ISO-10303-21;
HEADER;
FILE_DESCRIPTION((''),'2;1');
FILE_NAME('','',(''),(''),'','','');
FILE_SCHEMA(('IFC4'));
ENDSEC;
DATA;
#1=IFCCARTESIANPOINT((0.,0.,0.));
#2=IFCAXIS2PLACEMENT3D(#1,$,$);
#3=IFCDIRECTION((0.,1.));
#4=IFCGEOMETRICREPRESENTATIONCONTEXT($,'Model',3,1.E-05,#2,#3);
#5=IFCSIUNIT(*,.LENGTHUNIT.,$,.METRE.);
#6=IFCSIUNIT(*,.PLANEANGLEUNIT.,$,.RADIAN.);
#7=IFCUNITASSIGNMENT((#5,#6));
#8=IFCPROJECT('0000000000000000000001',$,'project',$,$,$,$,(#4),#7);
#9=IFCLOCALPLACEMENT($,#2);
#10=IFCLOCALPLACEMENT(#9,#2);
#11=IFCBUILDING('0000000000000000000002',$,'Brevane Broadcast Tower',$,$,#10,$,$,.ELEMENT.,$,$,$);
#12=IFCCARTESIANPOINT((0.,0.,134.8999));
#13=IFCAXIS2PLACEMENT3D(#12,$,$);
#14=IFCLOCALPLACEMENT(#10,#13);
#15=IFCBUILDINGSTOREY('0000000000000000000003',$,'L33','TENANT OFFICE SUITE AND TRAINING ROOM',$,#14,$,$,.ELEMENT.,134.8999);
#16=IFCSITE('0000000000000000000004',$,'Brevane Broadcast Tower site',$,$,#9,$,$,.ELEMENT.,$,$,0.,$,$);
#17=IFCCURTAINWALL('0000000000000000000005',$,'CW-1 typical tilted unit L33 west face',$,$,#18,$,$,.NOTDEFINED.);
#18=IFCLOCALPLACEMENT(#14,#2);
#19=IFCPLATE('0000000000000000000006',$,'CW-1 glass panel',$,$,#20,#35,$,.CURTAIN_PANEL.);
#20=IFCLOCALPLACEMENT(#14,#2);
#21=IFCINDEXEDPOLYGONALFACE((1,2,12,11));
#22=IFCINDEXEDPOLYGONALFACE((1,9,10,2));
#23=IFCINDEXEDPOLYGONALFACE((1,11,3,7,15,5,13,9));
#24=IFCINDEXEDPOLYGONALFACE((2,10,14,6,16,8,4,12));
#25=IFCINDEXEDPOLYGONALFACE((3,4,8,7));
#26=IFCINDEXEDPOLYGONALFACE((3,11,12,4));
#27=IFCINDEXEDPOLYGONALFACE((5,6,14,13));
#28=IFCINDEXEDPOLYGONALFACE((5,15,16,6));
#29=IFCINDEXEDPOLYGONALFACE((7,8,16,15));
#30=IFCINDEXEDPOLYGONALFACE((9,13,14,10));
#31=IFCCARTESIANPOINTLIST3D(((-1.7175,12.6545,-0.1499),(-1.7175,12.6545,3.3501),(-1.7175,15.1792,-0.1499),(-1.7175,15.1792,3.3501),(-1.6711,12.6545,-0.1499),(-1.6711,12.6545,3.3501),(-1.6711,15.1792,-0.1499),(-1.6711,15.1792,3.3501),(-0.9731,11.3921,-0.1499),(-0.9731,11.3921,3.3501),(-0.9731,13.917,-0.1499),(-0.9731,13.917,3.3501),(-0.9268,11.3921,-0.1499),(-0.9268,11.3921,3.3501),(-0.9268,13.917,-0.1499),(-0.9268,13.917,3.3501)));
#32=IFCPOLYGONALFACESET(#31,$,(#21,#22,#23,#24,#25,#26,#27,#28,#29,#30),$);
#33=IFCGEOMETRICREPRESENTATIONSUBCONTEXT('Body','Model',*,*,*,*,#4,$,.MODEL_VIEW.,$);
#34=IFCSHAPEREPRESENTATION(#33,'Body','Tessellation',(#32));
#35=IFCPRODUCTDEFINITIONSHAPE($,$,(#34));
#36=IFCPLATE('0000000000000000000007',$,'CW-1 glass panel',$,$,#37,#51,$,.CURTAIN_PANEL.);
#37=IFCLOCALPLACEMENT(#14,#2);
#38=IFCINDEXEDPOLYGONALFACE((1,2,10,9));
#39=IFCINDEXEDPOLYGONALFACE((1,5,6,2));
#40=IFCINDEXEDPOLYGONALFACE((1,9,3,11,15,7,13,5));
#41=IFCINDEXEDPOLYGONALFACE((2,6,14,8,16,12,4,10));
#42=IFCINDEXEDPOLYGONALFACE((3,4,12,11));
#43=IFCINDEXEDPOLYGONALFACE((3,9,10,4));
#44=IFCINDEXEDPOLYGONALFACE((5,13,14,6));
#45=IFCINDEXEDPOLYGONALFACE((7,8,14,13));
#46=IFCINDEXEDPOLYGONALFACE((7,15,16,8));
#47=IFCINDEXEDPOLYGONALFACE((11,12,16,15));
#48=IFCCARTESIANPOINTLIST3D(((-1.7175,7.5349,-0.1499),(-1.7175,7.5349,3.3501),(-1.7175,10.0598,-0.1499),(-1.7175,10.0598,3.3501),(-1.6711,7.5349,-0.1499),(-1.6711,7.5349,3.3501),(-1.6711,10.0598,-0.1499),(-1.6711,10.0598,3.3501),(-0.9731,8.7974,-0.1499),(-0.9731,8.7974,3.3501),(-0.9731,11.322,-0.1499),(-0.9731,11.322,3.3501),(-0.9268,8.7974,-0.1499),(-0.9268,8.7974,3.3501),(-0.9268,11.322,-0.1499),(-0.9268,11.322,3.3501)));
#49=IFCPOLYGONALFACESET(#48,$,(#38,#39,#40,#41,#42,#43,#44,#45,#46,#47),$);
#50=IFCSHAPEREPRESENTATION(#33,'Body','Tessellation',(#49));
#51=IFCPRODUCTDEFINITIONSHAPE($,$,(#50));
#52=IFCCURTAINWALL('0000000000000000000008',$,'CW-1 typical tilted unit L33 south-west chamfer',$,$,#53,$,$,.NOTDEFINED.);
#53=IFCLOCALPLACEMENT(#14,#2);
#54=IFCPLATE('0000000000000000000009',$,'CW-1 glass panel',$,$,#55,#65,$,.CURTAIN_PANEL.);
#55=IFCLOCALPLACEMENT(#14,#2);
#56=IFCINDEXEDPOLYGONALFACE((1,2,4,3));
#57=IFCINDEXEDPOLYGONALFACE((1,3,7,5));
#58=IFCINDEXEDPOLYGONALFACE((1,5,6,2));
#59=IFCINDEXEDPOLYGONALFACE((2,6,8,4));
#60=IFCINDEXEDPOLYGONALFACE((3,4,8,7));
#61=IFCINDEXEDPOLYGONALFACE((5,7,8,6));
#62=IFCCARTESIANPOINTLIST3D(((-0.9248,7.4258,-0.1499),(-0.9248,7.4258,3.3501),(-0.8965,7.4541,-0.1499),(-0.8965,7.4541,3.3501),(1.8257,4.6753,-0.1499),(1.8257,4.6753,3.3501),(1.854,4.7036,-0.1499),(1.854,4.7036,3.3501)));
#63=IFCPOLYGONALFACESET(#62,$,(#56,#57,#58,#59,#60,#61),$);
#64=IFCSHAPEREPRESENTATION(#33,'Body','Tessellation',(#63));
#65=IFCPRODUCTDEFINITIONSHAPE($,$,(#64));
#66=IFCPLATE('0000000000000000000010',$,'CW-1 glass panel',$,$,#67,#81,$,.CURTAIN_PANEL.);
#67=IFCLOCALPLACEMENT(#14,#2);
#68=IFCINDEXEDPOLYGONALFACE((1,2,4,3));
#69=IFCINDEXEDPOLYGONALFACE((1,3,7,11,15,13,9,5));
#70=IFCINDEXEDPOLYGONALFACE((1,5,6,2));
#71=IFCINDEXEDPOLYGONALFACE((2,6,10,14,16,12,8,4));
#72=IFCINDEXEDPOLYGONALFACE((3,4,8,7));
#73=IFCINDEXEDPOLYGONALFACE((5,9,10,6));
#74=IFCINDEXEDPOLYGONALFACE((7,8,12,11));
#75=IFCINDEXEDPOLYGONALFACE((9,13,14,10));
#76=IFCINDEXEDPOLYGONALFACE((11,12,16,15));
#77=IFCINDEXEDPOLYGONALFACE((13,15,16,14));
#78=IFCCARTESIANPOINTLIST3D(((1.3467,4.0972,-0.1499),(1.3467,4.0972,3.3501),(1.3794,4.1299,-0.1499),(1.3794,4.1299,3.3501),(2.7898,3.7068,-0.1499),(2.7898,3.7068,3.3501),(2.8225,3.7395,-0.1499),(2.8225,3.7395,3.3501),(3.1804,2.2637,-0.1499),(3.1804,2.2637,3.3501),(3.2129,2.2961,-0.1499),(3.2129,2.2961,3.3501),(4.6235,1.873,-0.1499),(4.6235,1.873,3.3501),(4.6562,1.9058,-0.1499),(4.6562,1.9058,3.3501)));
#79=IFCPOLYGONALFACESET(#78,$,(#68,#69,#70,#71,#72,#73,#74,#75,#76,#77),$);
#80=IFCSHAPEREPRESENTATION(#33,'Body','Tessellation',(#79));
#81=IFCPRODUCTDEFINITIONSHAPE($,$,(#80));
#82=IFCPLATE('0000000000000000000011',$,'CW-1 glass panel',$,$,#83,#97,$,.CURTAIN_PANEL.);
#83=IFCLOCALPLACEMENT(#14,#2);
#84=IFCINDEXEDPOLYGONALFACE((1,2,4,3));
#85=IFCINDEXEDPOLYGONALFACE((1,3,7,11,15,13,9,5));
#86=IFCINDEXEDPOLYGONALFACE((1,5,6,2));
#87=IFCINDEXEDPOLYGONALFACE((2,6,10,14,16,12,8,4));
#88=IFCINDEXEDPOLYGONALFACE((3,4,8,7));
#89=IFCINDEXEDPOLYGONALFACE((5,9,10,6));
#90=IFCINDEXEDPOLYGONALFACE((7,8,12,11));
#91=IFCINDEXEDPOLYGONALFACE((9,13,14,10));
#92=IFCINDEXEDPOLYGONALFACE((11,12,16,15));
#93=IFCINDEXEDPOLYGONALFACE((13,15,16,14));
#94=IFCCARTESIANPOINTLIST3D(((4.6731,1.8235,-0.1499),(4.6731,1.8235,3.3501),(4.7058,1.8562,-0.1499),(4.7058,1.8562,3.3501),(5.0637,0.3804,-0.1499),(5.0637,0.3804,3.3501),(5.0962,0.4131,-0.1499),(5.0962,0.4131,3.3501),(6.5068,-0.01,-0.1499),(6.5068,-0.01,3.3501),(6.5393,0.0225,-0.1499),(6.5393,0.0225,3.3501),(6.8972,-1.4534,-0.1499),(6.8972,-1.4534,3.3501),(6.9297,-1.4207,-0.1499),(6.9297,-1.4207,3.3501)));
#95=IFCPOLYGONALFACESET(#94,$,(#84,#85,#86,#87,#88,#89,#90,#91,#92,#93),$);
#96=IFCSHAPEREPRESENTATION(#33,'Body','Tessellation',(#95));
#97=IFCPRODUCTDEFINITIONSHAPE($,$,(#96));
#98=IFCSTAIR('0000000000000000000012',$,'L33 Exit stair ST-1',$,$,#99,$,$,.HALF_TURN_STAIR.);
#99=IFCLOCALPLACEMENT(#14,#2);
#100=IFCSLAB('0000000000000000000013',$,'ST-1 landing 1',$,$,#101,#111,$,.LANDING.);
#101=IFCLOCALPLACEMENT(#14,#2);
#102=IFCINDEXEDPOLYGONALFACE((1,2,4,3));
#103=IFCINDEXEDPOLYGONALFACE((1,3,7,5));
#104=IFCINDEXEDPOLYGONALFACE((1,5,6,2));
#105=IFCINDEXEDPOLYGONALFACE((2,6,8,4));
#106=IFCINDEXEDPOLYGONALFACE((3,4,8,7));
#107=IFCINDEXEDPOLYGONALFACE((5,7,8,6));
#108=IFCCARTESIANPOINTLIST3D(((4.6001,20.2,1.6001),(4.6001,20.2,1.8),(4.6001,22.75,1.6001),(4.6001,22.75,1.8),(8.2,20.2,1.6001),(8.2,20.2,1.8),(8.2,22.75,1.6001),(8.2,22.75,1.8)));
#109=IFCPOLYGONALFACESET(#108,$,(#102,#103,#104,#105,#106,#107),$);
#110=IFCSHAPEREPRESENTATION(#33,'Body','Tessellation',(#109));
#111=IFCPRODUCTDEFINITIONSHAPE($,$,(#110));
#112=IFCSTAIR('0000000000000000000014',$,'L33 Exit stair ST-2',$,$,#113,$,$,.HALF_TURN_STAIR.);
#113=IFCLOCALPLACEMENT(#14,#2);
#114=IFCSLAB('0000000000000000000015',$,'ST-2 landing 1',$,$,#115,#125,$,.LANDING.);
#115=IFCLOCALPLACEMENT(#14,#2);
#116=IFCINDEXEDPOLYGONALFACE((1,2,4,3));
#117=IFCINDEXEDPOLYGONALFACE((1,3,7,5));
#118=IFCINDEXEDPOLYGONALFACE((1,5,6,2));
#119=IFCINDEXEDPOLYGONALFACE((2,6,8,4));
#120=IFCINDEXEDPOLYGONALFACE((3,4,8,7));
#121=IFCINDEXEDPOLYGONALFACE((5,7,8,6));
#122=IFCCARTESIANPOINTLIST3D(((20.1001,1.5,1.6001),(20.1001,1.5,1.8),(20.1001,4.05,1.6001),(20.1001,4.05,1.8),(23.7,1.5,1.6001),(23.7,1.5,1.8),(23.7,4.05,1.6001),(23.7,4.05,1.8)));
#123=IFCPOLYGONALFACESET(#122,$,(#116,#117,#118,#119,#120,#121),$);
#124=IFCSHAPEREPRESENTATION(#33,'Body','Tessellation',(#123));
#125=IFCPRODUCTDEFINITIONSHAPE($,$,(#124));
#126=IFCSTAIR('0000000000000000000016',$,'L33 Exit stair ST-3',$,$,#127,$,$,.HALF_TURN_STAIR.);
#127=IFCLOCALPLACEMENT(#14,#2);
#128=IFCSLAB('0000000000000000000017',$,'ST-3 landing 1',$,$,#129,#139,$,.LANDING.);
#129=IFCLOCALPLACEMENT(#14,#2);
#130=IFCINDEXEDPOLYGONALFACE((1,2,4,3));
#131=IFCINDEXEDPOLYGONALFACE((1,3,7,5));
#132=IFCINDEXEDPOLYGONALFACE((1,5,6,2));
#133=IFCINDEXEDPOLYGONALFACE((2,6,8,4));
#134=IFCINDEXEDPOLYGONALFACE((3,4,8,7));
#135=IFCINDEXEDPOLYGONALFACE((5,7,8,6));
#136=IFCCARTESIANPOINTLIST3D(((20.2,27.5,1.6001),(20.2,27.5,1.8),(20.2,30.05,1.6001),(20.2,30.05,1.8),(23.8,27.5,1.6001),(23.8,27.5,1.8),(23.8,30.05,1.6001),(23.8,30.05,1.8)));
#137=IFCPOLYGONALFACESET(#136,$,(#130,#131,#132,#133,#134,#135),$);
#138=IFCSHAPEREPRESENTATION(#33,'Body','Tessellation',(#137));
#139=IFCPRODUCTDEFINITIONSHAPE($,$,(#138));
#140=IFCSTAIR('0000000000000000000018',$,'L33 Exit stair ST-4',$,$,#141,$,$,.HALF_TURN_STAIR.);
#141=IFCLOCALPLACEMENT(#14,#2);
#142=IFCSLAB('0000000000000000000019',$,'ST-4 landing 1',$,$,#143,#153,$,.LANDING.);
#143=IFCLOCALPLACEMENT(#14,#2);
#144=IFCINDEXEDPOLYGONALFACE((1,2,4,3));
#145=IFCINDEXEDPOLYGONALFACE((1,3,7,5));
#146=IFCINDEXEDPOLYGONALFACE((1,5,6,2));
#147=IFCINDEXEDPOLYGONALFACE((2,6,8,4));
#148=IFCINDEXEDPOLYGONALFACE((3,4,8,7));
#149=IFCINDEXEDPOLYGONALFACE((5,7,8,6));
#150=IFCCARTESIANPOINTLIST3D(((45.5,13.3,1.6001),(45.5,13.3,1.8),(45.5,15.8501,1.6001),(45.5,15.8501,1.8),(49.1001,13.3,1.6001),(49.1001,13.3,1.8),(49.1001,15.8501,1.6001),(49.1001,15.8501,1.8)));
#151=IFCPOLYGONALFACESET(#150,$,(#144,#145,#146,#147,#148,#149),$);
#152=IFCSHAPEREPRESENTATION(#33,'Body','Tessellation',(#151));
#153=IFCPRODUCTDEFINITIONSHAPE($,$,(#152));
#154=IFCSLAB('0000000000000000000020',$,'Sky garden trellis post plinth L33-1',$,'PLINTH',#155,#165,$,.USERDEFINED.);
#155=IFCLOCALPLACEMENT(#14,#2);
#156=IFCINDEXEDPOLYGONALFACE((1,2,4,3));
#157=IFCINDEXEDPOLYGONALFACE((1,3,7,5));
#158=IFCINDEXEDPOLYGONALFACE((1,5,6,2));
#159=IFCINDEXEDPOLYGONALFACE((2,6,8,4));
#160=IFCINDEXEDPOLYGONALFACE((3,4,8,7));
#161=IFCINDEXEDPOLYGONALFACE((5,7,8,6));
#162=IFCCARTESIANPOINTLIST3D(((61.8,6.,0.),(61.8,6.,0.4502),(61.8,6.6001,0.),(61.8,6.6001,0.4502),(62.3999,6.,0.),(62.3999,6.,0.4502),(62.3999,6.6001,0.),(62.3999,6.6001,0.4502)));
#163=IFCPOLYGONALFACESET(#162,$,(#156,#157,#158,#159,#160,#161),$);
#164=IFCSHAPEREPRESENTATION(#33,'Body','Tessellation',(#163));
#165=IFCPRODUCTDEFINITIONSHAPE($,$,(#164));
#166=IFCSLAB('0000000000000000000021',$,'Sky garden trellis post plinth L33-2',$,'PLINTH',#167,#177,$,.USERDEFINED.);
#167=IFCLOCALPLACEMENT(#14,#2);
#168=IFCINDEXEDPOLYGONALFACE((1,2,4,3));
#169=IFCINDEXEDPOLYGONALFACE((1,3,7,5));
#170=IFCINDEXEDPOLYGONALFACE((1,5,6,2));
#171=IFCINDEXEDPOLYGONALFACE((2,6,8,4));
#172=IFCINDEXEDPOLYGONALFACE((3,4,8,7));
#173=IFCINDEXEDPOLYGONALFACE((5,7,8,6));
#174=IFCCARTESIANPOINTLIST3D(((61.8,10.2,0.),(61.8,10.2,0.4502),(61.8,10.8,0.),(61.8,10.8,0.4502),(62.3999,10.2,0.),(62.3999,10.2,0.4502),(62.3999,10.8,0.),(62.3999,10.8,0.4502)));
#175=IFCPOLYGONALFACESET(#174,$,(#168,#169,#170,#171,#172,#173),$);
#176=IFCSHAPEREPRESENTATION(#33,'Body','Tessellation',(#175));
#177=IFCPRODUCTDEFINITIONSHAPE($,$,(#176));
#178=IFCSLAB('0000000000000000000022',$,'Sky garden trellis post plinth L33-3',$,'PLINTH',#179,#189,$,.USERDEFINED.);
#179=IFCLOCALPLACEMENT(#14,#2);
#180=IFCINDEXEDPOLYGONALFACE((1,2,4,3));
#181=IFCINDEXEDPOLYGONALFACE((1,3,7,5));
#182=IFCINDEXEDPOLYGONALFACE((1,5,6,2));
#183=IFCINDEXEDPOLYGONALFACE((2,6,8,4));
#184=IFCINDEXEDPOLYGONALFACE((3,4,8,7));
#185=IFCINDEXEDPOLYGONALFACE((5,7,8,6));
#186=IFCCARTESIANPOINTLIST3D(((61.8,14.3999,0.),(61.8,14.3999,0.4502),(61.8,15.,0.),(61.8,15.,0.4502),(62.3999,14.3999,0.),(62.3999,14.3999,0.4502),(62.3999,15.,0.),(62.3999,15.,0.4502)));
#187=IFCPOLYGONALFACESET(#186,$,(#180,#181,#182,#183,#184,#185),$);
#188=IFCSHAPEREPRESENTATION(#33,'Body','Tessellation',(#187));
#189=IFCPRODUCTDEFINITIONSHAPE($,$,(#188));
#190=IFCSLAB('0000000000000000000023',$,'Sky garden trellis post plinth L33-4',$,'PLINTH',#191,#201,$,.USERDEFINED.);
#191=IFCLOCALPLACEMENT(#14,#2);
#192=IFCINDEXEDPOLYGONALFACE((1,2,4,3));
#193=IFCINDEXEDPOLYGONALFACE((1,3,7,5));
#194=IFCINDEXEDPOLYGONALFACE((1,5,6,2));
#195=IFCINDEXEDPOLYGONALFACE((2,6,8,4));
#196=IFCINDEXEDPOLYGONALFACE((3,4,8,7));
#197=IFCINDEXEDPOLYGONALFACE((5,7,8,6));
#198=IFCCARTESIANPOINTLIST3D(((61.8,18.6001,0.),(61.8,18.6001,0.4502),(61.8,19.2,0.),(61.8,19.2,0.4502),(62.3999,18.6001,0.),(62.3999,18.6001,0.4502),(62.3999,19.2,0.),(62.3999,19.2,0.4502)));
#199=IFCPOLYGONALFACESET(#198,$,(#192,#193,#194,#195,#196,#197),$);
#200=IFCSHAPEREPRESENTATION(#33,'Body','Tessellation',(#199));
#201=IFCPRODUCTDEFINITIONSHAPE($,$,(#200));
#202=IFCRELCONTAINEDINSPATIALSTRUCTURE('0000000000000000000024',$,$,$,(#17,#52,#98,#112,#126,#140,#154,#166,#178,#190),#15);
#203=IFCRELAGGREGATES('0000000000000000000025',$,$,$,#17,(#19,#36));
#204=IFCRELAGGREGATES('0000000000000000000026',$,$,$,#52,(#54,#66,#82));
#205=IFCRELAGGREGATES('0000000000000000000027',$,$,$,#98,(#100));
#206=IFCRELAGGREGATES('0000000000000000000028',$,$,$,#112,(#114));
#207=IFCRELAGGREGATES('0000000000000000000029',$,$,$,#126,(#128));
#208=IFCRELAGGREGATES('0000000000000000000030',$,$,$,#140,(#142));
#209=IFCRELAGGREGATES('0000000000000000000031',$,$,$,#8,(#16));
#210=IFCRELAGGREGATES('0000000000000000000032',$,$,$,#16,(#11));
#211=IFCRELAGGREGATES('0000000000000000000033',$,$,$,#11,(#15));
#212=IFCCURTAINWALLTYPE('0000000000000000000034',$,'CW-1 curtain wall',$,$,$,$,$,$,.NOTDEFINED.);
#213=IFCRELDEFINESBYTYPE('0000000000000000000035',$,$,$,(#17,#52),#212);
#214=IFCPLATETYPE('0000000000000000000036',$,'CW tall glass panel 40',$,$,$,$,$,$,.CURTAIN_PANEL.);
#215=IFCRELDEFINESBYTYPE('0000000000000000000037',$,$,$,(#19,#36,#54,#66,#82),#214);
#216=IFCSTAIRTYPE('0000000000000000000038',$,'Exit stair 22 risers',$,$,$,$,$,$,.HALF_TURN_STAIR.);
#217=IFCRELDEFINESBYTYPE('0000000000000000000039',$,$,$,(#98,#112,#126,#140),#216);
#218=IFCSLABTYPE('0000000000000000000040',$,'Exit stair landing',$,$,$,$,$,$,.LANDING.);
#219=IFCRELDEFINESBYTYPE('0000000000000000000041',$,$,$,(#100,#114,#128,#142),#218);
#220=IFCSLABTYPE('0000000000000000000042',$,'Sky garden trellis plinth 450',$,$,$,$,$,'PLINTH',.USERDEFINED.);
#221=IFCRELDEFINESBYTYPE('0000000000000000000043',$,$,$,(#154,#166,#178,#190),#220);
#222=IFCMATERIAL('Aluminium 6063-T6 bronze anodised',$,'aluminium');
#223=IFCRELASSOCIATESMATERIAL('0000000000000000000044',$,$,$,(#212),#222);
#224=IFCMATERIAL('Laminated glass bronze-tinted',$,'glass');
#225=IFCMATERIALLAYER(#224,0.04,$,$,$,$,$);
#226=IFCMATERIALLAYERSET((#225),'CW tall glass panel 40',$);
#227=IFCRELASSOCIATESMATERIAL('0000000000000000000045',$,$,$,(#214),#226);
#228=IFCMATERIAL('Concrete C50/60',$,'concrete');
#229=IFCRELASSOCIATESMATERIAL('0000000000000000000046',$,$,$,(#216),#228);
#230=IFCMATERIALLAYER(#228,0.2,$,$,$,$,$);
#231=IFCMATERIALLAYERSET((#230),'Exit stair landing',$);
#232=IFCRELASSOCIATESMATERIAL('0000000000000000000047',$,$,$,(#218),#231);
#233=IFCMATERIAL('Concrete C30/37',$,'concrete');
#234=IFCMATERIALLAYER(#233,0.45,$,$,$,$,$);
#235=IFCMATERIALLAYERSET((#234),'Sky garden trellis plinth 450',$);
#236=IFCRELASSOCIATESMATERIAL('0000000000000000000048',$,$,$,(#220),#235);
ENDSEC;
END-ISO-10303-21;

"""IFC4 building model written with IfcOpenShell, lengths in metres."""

from ifc_helpers import new_model, si_unit, direction, frame, origin, place, context, subcontext, project, spatial, polyline, outline, extrude, material, layer, layer_set, type_object, element, aggregate, save


model = new_model("IFC4")

# Units and contexts
model_context = context("Model", 3, precision=1e-05, world=origin(), true_north=direction((0.0, 1.0)))
body_context = subcontext(model_context, "Body", "Model", "MODEL_VIEW")
ifc_project = project(units=[si_unit("LENGTHUNIT", "METRE"), si_unit("PLANEANGLEUNIT", "RADIAN")], contexts=[model_context])

# Site, building, storey
site_placement = place(None, origin())
site = spatial("IfcSite", under=ifc_project, at=site_placement, Name="Brevane Broadcast Tower site", CompositionType="ELEMENT", RefElevation=0.0)
building_placement = place(site_placement, origin())
building = spatial("IfcBuilding", under=site, at=building_placement, Name="Brevane Broadcast Tower", CompositionType="ELEMENT")
storey_placement = place(building_placement, frame((0.0, 0.0, 134.8999)))
storey = spatial("IfcBuildingStorey", under=building, at=storey_placement, Name="L33", Description="TENANT OFFICE SUITE AND TRAINING ROOM", CompositionType="ELEMENT", Elevation=134.8999)

# Curtain walls, plates
ifc_material_1 = material(Name="Aluminium 6063-T6 bronze anodised", Category="aluminium")
curtain_wall_type = type_object("IfcCurtainWallType", Name="CW-1 curtain wall", PredefinedType="NOTDEFINED", material=ifc_material_1)
curtain_wall_1_placement = place(storey_placement, origin())
curtain_wall_1 = element("IfcCurtainWall", 1, at=curtain_wall_1_placement, inside=storey, type_object=curtain_wall_type, Name="CW-1 typical tilted unit L33 west face", PredefinedType="NOTDEFINED")
ifc_material_2 = material(Name="Laminated glass bronze-tinted", Category="glass")
ifc_layer_1 = layer(ifc_material_2, 0.04)
ifc_layer_set_1 = layer_set([ifc_layer_1], Name="CW tall glass panel 40")
plate_type = type_object("IfcPlateType", Name="CW tall glass panel 40", PredefinedType="CURTAIN_PANEL", material=ifc_layer_set_1)
plate_1_placement = place(storey_placement, frame((0.0, 0.0, -0.1499)))
plate_1 = element("IfcPlate", 2, at=plate_1_placement, type_object=plate_type, Name="CW-1 glass panel", PredefinedType="CURTAIN_PANEL", context=body_context, shape_type="SweptSolid", body=[
    extrude(outline(polyline([(-1.6711, 15.1792), (-1.7175, 15.1792), (-0.9731, 13.917), (-1.7175, 12.6545), (-0.9731, 11.3921), (-0.9268, 11.3921), (-1.6711, 12.6545), (-0.9268, 13.917), (-1.6711, 15.1792)])), origin(), (0.0, 0.0, 1.0), 3.5),
])
plate_2_placement = place(storey_placement, frame((0.0, 0.0, -0.1499)))
plate_2 = element("IfcPlate", 3, at=plate_2_placement, type_object=plate_type, Name="CW-1 glass panel", PredefinedType="CURTAIN_PANEL", context=body_context, shape_type="SweptSolid", body=[
    extrude(outline(polyline([(-0.9268, 11.322), (-0.9731, 11.322), (-1.7175, 10.0598), (-0.9731, 8.7974), (-1.7175, 7.5349), (-1.6711, 7.5349), (-0.9268, 8.7974), (-1.6711, 10.0598), (-0.9268, 11.322)])), origin(), (0.0, 0.0, 1.0), 3.5),
])
aggregate(curtain_wall_1, [plate_1, plate_2])
curtain_wall_2_placement = place(storey_placement, origin())
curtain_wall_2 = element("IfcCurtainWall", 4, at=curtain_wall_2_placement, inside=storey, type_object=curtain_wall_type, Name="CW-1 typical tilted unit L33 south-west chamfer", PredefinedType="NOTDEFINED")
plate_3_placement = place(storey_placement, frame((0.0, 0.0, -0.1499)))
plate_3 = element("IfcPlate", 5, at=plate_3_placement, type_object=plate_type, Name="CW-1 glass panel", PredefinedType="CURTAIN_PANEL", context=body_context, shape_type="SweptSolid", body=[
    extrude(outline(polyline([(-0.8965, 7.4541), (1.854, 4.7036), (1.8257, 4.6753), (-0.9248, 7.4258), (-0.8965, 7.4541)])), origin(), (0.0, 0.0, 1.0), 3.5),
])
plate_4_placement = place(storey_placement, frame((0.0, 0.0, -0.1499)))
plate_4 = element("IfcPlate", 6, at=plate_4_placement, type_object=plate_type, Name="CW-1 glass panel", PredefinedType="CURTAIN_PANEL", context=body_context, shape_type="SweptSolid", body=[
    extrude(outline(polyline([(1.3794, 4.1299), (1.3467, 4.0972), (2.7898, 3.7068), (3.1804, 2.2637), (4.6235, 1.873), (4.6562, 1.9058), (3.2129, 2.2961), (2.8225, 3.7395), (1.3794, 4.1299)])), origin(), (0.0, 0.0, 1.0), 3.5),
])
plate_5_placement = place(storey_placement, frame((0.0, 0.0, -0.1499)))
plate_5 = element("IfcPlate", 7, at=plate_5_placement, type_object=plate_type, Name="CW-1 glass panel", PredefinedType="CURTAIN_PANEL", context=body_context, shape_type="SweptSolid", body=[
    extrude(outline(polyline([(4.7058, 1.8562), (4.6731, 1.8235), (5.0637, 0.3804), (6.5068, -0.01), (6.8972, -1.4534), (6.9297, -1.4207), (6.5393, 0.0225), (5.0962, 0.4131), (4.7058, 1.8562)])), origin(), (0.0, 0.0, 1.0), 3.5),
])
aggregate(curtain_wall_2, [plate_3, plate_4, plate_5])

# Stairs, slabs
ifc_material_3 = material(Name="Concrete C50/60", Category="concrete")
stair_type = type_object("IfcStairType", Name="Exit stair 22 risers", PredefinedType="HALF_TURN_STAIR", material=ifc_material_3)
stair_1_placement = place(storey_placement, origin())
stair_1 = element("IfcStair", 8, at=stair_1_placement, inside=storey, type_object=stair_type, Name="L33 Exit stair ST-1", PredefinedType="HALF_TURN_STAIR")
ifc_layer_2 = layer(ifc_material_3, 0.2)
ifc_layer_set_2 = layer_set([ifc_layer_2], Name="Exit stair landing")
slab_type_1 = type_object("IfcSlabType", Name="Exit stair landing", PredefinedType="LANDING", material=ifc_layer_set_2)
slab_1_placement = place(storey_placement, frame((0.0, 0.0, 1.6001)))
slab_1 = element("IfcSlab", 9, at=slab_1_placement, type_object=slab_type_1, Name="ST-1 landing 1", PredefinedType="LANDING", context=body_context, shape_type="SweptSolid", body=[
    extrude(outline(polyline([(4.6001, 20.2), (8.2, 20.2), (8.2, 22.75), (4.6001, 22.75), (4.6001, 20.2)])), origin(), (0.0, 0.0, 1.0), 0.2),
])
aggregate(stair_1, [slab_1])
stair_2_placement = place(storey_placement, origin())
stair_2 = element("IfcStair", 10, at=stair_2_placement, inside=storey, type_object=stair_type, Name="L33 Exit stair ST-2", PredefinedType="HALF_TURN_STAIR")
slab_2_placement = place(storey_placement, frame((0.0, 0.0, 1.6001)))
slab_2 = element("IfcSlab", 11, at=slab_2_placement, type_object=slab_type_1, Name="ST-2 landing 1", PredefinedType="LANDING", context=body_context, shape_type="SweptSolid", body=[
    extrude(outline(polyline([(20.1001, 1.5), (23.7, 1.5), (23.7, 4.05), (20.1001, 4.05), (20.1001, 1.5)])), origin(), (0.0, 0.0, 1.0), 0.2),
])
aggregate(stair_2, [slab_2])
stair_3_placement = place(storey_placement, origin())
stair_3 = element("IfcStair", 12, at=stair_3_placement, inside=storey, type_object=stair_type, Name="L33 Exit stair ST-3", PredefinedType="HALF_TURN_STAIR")
slab_3_placement = place(storey_placement, frame((0.0, 0.0, 1.6001)))
slab_3 = element("IfcSlab", 13, at=slab_3_placement, type_object=slab_type_1, Name="ST-3 landing 1", PredefinedType="LANDING", context=body_context, shape_type="SweptSolid", body=[
    extrude(outline(polyline([(20.2, 27.5), (23.8, 27.5), (23.8, 30.05), (20.2, 30.05), (20.2, 27.5)])), origin(), (0.0, 0.0, 1.0), 0.2),
])
aggregate(stair_3, [slab_3])
stair_4_placement = place(storey_placement, origin())
stair_4 = element("IfcStair", 14, at=stair_4_placement, inside=storey, type_object=stair_type, Name="L33 Exit stair ST-4", PredefinedType="HALF_TURN_STAIR")
slab_4_placement = place(storey_placement, frame((0.0, 0.0, 1.6001)))
slab_4 = element("IfcSlab", 15, at=slab_4_placement, type_object=slab_type_1, Name="ST-4 landing 1", PredefinedType="LANDING", context=body_context, shape_type="SweptSolid", body=[
    extrude(outline(polyline([(45.5, 13.3), (49.1001, 13.3), (49.1001, 15.8501), (45.5, 15.8501), (45.5, 13.3)])), origin(), (0.0, 0.0, 1.0), 0.2),
])
aggregate(stair_4, [slab_4])

# Slabs
ifc_material_4 = material(Name="Concrete C30/37", Category="concrete")
ifc_layer_3 = layer(ifc_material_4, 0.45)
ifc_layer_set_3 = layer_set([ifc_layer_3], Name="Sky garden trellis plinth 450")
slab_type_2 = type_object("IfcSlabType", Name="Sky garden trellis plinth 450", ElementType="PLINTH", PredefinedType="USERDEFINED", material=ifc_layer_set_3)
slab_5_placement = place(storey_placement, origin())
element("IfcSlab", 16, at=slab_5_placement, inside=storey, type_object=slab_type_2, Name="Sky garden trellis post plinth L33-1", ObjectType="PLINTH", PredefinedType="USERDEFINED", context=body_context, shape_type="SweptSolid", body=[
    extrude(outline(polyline([(61.8, 6.0), (62.3999, 6.0), (62.3999, 6.6001), (61.8, 6.6001), (61.8, 6.0)])), origin(), (0.0, 0.0, 1.0), 0.4502),
])
slab_6_placement = place(storey_placement, origin())
element("IfcSlab", 17, at=slab_6_placement, inside=storey, type_object=slab_type_2, Name="Sky garden trellis post plinth L33-2", ObjectType="PLINTH", PredefinedType="USERDEFINED", context=body_context, shape_type="SweptSolid", body=[
    extrude(outline(polyline([(61.8, 10.2), (62.3999, 10.2), (62.3999, 10.8), (61.8, 10.8), (61.8, 10.2)])), origin(), (0.0, 0.0, 1.0), 0.4502),
])
slab_7_placement = place(storey_placement, origin())
element("IfcSlab", 18, at=slab_7_placement, inside=storey, type_object=slab_type_2, Name="Sky garden trellis post plinth L33-3", ObjectType="PLINTH", PredefinedType="USERDEFINED", context=body_context, shape_type="SweptSolid", body=[
    extrude(outline(polyline([(61.8, 14.3999), (62.3999, 14.3999), (62.3999, 15.0), (61.8, 15.0), (61.8, 14.3999)])), origin(), (0.0, 0.0, 1.0), 0.4502),
])
slab_8_placement = place(storey_placement, origin())
element("IfcSlab", 19, at=slab_8_placement, inside=storey, type_object=slab_type_2, Name="Sky garden trellis post plinth L33-4", ObjectType="PLINTH", PredefinedType="USERDEFINED", context=body_context, shape_type="SweptSolid", body=[
    extrude(outline(polyline([(61.8, 18.6001), (62.3999, 18.6001), (62.3999, 19.2), (61.8, 19.2), (61.8, 18.6001)])), origin(), (0.0, 0.0, 1.0), 0.4502),
])

save(model, "model.ifc")
